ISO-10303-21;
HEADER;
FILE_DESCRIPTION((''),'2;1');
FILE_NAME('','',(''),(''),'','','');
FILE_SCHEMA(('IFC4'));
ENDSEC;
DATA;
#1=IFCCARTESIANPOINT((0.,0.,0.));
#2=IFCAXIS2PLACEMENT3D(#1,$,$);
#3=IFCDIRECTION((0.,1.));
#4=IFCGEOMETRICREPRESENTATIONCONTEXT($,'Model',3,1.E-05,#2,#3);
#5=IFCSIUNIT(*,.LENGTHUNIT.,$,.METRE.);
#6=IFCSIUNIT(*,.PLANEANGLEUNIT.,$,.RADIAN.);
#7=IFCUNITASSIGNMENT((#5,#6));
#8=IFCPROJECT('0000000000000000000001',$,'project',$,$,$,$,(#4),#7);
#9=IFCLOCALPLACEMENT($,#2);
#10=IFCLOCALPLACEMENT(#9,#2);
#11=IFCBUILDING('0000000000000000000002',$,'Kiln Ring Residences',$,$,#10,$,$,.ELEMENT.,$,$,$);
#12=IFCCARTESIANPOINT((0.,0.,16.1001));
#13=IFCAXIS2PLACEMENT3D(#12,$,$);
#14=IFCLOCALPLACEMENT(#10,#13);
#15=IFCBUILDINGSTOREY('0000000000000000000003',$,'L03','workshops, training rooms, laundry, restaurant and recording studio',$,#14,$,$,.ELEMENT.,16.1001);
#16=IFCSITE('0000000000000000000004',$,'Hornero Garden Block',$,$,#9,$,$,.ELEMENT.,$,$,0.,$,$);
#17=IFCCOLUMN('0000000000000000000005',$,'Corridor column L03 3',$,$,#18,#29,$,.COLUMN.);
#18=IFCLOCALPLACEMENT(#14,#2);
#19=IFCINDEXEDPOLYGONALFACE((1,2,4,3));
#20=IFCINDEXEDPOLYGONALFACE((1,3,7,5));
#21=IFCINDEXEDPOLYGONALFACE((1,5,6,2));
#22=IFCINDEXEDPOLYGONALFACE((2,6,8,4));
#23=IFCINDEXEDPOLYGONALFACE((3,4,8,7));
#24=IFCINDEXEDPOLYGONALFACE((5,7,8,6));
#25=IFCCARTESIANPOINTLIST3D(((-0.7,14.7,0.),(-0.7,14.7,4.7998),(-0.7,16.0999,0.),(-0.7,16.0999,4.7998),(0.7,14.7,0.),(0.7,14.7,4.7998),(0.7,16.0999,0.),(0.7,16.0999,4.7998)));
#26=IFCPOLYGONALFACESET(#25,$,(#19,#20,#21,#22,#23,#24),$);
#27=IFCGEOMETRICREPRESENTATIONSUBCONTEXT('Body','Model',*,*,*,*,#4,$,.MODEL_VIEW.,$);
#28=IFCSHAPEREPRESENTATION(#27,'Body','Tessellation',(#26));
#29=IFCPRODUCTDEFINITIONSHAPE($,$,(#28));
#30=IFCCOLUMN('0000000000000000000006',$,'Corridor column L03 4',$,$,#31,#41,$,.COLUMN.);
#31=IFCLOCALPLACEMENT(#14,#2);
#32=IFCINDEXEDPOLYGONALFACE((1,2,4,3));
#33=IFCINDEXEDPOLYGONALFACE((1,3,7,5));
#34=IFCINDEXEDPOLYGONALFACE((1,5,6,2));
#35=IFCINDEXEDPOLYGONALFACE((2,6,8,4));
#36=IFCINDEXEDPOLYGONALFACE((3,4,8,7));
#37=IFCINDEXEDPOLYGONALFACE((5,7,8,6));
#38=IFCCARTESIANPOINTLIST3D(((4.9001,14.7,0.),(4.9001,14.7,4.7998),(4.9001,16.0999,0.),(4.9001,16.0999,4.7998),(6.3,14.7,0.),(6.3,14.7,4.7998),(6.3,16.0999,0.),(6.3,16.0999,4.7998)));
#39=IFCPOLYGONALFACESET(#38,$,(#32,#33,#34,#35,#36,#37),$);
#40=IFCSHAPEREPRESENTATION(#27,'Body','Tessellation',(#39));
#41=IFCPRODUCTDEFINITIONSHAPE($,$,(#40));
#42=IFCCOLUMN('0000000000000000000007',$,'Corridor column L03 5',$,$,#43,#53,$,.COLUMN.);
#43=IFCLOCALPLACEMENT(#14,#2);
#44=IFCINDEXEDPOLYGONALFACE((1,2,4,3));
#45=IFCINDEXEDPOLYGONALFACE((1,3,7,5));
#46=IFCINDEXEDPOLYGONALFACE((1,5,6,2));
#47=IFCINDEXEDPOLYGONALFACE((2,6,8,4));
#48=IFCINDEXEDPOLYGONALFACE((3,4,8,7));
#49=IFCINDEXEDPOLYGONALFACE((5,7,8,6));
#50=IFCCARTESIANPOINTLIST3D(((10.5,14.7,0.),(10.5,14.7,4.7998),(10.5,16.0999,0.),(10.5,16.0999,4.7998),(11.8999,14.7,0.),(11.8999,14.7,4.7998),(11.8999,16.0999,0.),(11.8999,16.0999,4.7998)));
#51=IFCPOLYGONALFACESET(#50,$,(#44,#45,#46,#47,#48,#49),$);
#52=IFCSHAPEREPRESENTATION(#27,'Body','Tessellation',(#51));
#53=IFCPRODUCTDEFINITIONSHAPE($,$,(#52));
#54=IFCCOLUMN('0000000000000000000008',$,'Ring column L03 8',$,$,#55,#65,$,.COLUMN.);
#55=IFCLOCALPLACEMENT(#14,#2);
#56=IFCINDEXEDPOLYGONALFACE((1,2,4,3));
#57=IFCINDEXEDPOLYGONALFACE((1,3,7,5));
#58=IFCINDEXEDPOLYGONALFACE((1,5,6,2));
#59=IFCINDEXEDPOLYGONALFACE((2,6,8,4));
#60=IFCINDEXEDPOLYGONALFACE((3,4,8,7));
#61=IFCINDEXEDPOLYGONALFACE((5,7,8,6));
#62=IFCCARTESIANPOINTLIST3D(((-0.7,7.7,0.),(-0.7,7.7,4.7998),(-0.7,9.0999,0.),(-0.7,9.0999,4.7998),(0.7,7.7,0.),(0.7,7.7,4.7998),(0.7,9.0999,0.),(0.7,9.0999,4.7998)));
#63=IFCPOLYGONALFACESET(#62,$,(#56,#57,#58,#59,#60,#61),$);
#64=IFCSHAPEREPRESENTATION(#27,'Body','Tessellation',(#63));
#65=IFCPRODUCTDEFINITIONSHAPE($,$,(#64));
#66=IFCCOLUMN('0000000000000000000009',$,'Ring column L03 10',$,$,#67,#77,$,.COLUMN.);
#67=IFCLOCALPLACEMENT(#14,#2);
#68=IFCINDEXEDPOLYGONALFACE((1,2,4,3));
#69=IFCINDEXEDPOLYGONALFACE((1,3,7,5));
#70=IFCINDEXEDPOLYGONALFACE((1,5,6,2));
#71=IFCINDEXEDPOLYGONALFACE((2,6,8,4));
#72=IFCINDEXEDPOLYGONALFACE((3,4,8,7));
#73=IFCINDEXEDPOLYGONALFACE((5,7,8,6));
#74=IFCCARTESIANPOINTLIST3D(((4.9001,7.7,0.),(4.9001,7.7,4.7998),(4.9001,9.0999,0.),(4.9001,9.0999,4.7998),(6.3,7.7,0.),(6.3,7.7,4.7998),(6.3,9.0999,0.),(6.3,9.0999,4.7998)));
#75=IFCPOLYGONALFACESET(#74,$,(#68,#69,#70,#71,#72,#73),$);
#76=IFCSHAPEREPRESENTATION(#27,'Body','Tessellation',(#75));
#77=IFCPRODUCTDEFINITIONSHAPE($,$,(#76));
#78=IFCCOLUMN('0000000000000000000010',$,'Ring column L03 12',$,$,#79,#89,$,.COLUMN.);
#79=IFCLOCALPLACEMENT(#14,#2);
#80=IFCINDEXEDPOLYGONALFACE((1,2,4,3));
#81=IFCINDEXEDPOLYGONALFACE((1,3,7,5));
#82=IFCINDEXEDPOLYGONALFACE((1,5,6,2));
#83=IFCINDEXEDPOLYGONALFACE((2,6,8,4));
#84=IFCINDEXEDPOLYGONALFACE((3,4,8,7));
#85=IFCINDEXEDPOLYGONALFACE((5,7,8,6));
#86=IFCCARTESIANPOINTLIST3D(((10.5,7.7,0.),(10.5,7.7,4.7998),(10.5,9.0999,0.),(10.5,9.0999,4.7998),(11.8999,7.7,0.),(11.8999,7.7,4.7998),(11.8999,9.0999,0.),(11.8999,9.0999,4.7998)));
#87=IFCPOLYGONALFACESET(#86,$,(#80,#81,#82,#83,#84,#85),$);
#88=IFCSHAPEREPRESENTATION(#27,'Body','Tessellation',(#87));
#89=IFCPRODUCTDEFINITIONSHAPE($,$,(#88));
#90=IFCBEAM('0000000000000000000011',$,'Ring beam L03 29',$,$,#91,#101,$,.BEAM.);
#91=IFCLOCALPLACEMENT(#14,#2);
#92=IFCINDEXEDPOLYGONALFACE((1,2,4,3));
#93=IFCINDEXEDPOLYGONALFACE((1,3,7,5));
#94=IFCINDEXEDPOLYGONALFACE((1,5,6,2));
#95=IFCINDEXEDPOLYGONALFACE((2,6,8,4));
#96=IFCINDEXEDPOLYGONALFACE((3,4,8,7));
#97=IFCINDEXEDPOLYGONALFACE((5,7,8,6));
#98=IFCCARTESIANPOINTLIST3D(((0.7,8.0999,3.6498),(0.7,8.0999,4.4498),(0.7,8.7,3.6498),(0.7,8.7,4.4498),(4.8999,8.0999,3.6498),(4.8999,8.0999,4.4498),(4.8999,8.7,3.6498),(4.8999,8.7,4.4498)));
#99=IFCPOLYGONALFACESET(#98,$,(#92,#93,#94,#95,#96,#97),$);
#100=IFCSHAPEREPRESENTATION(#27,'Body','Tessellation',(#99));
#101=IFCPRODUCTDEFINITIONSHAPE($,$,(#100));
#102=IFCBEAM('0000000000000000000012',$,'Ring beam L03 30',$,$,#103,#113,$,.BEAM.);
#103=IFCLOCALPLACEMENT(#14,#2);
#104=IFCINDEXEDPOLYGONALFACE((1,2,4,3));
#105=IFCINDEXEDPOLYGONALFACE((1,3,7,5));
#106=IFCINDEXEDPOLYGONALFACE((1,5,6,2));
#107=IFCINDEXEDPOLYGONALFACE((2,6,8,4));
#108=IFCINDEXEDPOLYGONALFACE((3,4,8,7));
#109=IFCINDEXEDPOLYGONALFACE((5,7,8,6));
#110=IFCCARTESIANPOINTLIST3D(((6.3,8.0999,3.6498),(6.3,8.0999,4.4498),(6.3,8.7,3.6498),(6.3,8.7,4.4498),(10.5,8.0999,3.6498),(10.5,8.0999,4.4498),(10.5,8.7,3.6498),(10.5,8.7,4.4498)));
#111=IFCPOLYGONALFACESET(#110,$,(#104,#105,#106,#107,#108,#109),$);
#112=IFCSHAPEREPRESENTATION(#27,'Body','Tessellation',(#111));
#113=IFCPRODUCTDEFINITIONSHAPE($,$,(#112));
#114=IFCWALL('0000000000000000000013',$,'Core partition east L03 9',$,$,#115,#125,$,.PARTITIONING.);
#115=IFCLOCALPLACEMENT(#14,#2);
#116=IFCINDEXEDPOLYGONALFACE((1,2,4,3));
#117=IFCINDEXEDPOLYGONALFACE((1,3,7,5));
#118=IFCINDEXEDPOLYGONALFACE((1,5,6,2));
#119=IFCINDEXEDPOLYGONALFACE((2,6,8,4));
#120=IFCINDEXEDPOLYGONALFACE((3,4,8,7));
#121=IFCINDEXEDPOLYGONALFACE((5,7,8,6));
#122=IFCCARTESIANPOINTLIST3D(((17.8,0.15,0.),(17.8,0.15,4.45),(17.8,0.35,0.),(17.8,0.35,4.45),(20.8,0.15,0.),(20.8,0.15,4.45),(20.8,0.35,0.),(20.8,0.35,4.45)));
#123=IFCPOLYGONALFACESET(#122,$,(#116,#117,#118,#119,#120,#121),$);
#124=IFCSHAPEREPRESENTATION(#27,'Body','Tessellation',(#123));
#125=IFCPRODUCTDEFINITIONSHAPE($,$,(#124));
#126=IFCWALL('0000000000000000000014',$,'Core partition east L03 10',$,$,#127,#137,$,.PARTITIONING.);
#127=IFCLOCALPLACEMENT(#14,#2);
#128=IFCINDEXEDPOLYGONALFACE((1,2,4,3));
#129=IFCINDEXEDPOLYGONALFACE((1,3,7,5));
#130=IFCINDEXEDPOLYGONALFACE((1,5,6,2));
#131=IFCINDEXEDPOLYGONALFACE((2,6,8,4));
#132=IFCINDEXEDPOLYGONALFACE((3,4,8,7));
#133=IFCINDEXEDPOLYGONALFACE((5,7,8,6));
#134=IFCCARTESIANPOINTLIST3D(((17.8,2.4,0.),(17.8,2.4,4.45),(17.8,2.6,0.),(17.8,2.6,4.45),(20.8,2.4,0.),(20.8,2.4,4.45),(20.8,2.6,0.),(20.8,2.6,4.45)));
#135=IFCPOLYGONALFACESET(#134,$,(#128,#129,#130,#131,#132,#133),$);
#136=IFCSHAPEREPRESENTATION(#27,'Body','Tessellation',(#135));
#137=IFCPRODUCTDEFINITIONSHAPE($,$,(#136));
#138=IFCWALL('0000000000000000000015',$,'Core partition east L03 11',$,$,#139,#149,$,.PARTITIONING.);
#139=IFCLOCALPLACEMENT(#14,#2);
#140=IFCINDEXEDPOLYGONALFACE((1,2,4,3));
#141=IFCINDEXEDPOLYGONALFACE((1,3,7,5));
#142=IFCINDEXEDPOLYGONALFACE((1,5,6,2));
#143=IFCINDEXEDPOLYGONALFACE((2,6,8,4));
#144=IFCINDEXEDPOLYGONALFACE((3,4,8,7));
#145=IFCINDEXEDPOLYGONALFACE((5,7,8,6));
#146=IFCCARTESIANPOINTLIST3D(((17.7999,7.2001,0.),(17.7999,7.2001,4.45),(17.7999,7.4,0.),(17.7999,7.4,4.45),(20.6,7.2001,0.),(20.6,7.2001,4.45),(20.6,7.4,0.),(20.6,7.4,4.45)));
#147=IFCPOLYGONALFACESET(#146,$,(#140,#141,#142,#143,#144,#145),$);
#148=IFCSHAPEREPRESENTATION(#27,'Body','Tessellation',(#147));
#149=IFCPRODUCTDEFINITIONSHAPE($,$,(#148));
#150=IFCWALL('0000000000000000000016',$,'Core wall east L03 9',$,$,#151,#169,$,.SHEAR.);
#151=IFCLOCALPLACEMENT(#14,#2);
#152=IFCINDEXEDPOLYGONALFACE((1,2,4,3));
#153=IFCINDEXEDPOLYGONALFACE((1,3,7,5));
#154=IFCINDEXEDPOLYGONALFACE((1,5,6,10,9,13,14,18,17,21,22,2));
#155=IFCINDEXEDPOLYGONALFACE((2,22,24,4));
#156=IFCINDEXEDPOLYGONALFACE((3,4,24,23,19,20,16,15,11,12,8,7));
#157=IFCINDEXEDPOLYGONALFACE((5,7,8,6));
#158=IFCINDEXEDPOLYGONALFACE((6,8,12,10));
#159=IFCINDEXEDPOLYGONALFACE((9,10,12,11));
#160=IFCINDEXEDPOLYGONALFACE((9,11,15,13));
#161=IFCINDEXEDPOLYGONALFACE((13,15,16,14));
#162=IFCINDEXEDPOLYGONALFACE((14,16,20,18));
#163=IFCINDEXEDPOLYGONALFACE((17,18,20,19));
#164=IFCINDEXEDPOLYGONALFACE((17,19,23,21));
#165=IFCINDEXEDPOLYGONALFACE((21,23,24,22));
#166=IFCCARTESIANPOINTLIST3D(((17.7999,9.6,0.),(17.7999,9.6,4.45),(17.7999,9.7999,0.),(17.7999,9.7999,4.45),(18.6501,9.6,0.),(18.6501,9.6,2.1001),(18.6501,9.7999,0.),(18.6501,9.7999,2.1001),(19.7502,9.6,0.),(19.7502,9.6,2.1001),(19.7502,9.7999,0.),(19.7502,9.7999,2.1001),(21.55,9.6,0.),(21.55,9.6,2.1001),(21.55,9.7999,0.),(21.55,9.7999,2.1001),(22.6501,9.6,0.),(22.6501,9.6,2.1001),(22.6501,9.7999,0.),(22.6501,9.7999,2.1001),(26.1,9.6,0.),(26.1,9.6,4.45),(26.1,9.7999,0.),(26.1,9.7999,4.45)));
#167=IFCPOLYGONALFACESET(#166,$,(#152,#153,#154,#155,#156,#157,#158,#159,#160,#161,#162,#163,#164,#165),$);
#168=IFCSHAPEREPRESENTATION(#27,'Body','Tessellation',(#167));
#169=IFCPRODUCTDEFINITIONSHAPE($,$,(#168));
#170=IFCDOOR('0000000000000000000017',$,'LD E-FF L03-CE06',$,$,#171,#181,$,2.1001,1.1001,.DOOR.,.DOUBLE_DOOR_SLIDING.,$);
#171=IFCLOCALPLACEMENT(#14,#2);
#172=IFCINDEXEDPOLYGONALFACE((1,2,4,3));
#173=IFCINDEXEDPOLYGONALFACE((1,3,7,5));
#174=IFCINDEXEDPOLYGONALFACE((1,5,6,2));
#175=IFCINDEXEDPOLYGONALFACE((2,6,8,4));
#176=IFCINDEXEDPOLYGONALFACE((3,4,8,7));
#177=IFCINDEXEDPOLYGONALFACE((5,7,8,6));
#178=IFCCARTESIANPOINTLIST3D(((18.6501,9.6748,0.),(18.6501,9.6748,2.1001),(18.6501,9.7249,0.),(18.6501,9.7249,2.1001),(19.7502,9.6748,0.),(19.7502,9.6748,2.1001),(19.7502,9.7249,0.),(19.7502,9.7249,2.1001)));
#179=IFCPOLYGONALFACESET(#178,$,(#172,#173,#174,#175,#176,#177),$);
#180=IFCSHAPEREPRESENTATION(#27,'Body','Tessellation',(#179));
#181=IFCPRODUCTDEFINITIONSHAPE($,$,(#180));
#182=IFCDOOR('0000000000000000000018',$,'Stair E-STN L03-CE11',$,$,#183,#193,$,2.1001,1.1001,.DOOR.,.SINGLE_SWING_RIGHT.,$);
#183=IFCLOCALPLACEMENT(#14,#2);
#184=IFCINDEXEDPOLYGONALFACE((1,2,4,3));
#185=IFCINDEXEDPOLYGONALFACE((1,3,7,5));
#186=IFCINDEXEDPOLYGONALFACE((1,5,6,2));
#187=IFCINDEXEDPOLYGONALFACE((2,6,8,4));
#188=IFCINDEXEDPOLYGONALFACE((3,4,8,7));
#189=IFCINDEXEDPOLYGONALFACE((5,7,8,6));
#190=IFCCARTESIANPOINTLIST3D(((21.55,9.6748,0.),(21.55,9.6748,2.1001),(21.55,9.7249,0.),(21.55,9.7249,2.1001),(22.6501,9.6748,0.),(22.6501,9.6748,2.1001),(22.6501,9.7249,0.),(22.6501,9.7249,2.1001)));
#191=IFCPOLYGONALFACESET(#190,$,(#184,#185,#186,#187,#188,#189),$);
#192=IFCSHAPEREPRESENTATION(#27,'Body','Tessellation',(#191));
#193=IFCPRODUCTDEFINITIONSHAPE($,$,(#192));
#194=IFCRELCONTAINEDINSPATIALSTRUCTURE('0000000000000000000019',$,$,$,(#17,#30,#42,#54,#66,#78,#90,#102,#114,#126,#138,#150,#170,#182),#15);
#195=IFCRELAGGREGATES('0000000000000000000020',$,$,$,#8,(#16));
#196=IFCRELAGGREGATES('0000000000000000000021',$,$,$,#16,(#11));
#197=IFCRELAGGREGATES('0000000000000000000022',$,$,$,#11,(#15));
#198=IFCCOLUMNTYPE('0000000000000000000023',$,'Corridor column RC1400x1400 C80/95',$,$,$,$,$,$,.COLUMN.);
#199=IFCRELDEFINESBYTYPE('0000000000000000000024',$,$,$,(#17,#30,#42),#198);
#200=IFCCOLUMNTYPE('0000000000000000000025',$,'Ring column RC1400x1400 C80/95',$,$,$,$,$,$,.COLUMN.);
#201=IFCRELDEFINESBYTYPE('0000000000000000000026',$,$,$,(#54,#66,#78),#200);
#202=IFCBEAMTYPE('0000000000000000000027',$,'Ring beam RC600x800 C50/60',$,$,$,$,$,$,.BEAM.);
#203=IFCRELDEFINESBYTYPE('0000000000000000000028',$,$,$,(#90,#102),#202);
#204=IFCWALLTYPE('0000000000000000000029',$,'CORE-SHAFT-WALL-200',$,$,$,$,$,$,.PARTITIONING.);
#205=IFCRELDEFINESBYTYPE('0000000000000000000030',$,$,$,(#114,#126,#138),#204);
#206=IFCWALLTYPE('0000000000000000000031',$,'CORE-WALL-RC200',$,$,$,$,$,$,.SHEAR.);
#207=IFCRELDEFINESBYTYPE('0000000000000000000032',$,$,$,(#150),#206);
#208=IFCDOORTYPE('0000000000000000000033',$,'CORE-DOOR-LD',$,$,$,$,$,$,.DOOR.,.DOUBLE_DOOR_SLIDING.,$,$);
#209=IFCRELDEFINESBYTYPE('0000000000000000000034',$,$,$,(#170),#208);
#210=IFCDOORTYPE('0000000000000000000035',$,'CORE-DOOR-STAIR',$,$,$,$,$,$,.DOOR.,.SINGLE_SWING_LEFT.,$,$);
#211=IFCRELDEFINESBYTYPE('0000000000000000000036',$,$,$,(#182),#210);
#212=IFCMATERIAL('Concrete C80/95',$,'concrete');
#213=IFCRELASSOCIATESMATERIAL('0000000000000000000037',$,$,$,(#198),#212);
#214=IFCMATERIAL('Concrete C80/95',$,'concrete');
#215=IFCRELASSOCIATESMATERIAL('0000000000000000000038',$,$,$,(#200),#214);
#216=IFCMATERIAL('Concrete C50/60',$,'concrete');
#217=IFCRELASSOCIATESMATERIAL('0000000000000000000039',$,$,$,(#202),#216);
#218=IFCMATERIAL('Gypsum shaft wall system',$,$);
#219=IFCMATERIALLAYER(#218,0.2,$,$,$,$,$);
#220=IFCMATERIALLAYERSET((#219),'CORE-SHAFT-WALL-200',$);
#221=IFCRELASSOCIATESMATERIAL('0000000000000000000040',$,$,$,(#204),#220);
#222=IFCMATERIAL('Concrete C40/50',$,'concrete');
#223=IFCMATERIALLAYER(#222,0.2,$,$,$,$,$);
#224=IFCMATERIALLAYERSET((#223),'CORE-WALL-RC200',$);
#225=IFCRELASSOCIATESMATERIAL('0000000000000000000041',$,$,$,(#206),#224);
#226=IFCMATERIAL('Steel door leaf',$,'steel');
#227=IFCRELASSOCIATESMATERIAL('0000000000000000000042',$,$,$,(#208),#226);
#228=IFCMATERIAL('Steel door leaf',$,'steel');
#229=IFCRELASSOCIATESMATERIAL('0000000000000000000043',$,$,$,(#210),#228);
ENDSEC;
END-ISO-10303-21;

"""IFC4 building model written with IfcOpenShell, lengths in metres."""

from ifc_helpers import new_model, si_unit, direction, frame, frame_2d, origin, origin_2d, place, context, subcontext, project, spatial, rectangle, extrude, material, layer, layer_set, material_profile, profile_set, type_object, element, fill, save


model = new_model("IFC4")

# Units and contexts
model_context = context("Model", 3, precision=1e-05, world=origin(), true_north=direction((0.0, 1.0)))
body_context = subcontext(model_context, "Body", "Model", "MODEL_VIEW")
ifc_project = project(units=[si_unit("LENGTHUNIT", "METRE"), si_unit("PLANEANGLEUNIT", "RADIAN")], contexts=[model_context])

# Site, building, storey
site_placement = place(None, origin())
site = spatial("IfcSite", under=ifc_project, at=site_placement, Name="Hornero Garden Block", CompositionType="ELEMENT", RefElevation=0.0)
building_placement = place(site_placement, origin())
building = spatial("IfcBuilding", under=site, at=building_placement, Name="Kiln Ring Residences", CompositionType="ELEMENT")
storey_placement = place(building_placement, frame((0.0, 0.0, 16.1001)))
storey = spatial("IfcBuildingStorey", under=building, at=storey_placement, Name="L03", Description="workshops, training rooms, laundry, restaurant and recording studio", CompositionType="ELEMENT", Elevation=16.1001)

# Columns
ifc_material_1 = material(Name="Concrete C80/95", Category="concrete")
ifc_material_profile_1 = material_profile(ifc_material_1, rectangle(XDim=1.3999, YDim=1.3999, at=origin_2d()), Name="RC1400x1400")
ifc_profile_set_1 = profile_set([ifc_material_profile_1], Name="Concrete C80/95")
column_type_1 = type_object("IfcColumnType", Name="Corridor column RC1400x1400 C80/95", PredefinedType="COLUMN", material=ifc_profile_set_1)
for number, where, z_axis, x_axis, name in (
    (1, (0.0, 15.3999, 0.0), (0.0, 0.0, 1.0), (1.0, 0.0, 0.0), "Corridor column L03 3"),
    (2, (5.6001, 15.3999, 0.0), (0.0, 0.0, 1.0), (1.0, 0.0, 0.0), "Corridor column L03 4"),
    (3, (11.2, 15.3999, 0.0), (0.0, 0.0, 1.0), (1.0, 0.0, 0.0), "Corridor column L03 5"),
):
    element("IfcColumn", number, at=place(storey_placement, frame(where, z_axis=z_axis, x_axis=x_axis)), inside=storey, type_object=column_type_1, Name=name, PredefinedType="COLUMN", context=body_context, shape_type="SweptSolid", body=[
        extrude(rectangle(XDim=1.3999, YDim=1.3999, at=origin_2d()), origin(), (0.0, 0.0, 1.0), 4.7998),
    ])
ifc_material_2 = material(Name="Concrete C80/95", Category="concrete")
ifc_material_profile_2 = material_profile(ifc_material_2, rectangle(XDim=1.3999, YDim=1.3999, at=origin_2d()), Name="RC1400x1400")
ifc_profile_set_2 = profile_set([ifc_material_profile_2], Name="Concrete C80/95")
column_type_2 = type_object("IfcColumnType", Name="Ring column RC1400x1400 C80/95", PredefinedType="COLUMN", material=ifc_profile_set_2)
for number, where, z_axis, x_axis, name in (
    (4, (0.0, 8.3999, 0.0), (0.0, 0.0, 1.0), (1.0, 0.0, 0.0), "Ring column L03 8"),
    (5, (5.6001, 8.3999, 0.0), (0.0, 0.0, 1.0), (1.0, 0.0, 0.0), "Ring column L03 10"),
    (6, (11.2, 8.3999, 0.0), (0.0, 0.0, 1.0), (1.0, 0.0, 0.0), "Ring column L03 12"),
):
    element("IfcColumn", number, at=place(storey_placement, frame(where, z_axis=z_axis, x_axis=x_axis)), inside=storey, type_object=column_type_2, Name=name, PredefinedType="COLUMN", context=body_context, shape_type="SweptSolid", body=[
        extrude(rectangle(XDim=1.3999, YDim=1.3999, at=origin_2d()), origin(), (0.0, 0.0, 1.0), 4.7998),
    ])

# Beams
ifc_material_3 = material(Name="Concrete C50/60", Category="concrete")
ifc_material_profile_3 = material_profile(ifc_material_3, rectangle(XDim=0.6001, YDim=0.8, at=origin_2d()), Name="RC600x800")
ifc_profile_set_3 = profile_set([ifc_material_profile_3], Name="Concrete C50/60")
beam_type = type_object("IfcBeamType", Name="Ring beam RC600x800 C50/60", PredefinedType="BEAM", material=ifc_profile_set_3)
for number, where, z_axis, x_axis, name in (
    (7, (0.7, 8.3999, 4.0498), (1.0, 0.0, 0.0), (0.0, 1.0, 0.0), "Ring beam L03 29"),
    (8, (6.3, 8.3999, 4.0498), (1.0, 0.0, 0.0), (0.0, 1.0, 0.0), "Ring beam L03 30"),
):
    element("IfcBeam", number, at=place(storey_placement, frame(where, z_axis=z_axis, x_axis=x_axis)), inside=storey, type_object=beam_type, Name=name, PredefinedType="BEAM", context=body_context, shape_type="SweptSolid", body=[
        extrude(rectangle(XDim=0.6001, YDim=0.8, at=origin_2d()), origin(), (0.0, 0.0, 1.0), 4.2),
    ])

# Walls
ifc_material_4 = material(Name="Gypsum shaft wall system")
ifc_layer_1 = layer(ifc_material_4, 0.2)
ifc_layer_set_1 = layer_set([ifc_layer_1], Name="CORE-SHAFT-WALL-200")
wall_type_1 = type_object("IfcWallType", Name="CORE-SHAFT-WALL-200", PredefinedType="PARTITIONING", material=ifc_layer_set_1)
for number, where, z_axis, x_axis, name in (
    (9, (17.8, 0.25, 0.0), (0.0, 0.0, 1.0), (1.0, 0.0, 0.0), "Core partition east L03 9"),
    (10, (17.8, 2.5, 0.0), (0.0, 0.0, 1.0), (1.0, 0.0, 0.0), "Core partition east L03 10"),
):
    element("IfcWall", number, at=place(storey_placement, frame(where, z_axis=z_axis, x_axis=x_axis)), inside=storey, type_object=wall_type_1, Name=name, PredefinedType="PARTITIONING", context=body_context, shape_type="SweptSolid", body=[
        extrude(rectangle(XDim=3.0, YDim=0.2, at=frame_2d((1.5, 0.0))), origin(), (0.0, 0.0, 1.0), 4.45),
    ])
wall_1_placement = place(storey_placement, frame((17.8, 7.3, 0.0), z_axis=(0.0, 0.0, 1.0), x_axis=(1.0, 0.0, 0.0)))
element("IfcWall", 11, at=wall_1_placement, inside=storey, type_object=wall_type_1, Name="Core partition east L03 11", PredefinedType="PARTITIONING", context=body_context, shape_type="SweptSolid", body=[
    extrude(rectangle(XDim=2.8, YDim=0.2, at=frame_2d((1.3999, 0.0))), origin(), (0.0, 0.0, 1.0), 4.45),
])

# Wall, openings, doors
ifc_material_5 = material(Name="Concrete C40/50", Category="concrete")
ifc_layer_2 = layer(ifc_material_5, 0.2)
ifc_layer_set_2 = layer_set([ifc_layer_2], Name="CORE-WALL-RC200")
wall_type_2 = type_object("IfcWallType", Name="CORE-WALL-RC200", PredefinedType="SHEAR", material=ifc_layer_set_2)
wall_2_placement = place(storey_placement, frame((17.8, 9.7, 0.0), z_axis=(0.0, 0.0, 1.0), x_axis=(1.0, 0.0, 0.0)))
wall_2 = element("IfcWall", 12, at=wall_2_placement, inside=storey, type_object=wall_type_2, Name="Core wall east L03 9", PredefinedType="SHEAR", context=body_context, shape_type="SweptSolid", body=[
    extrude(rectangle(XDim=8.3, YDim=0.2, at=frame_2d((4.1499, 0.0))), origin(), (0.0, 0.0, 1.0), 4.45),
])
opening_1_placement = place(wall_2_placement, frame((0.8501, 0.0, 0.0)))
opening_1 = element("IfcOpeningElement", 13, at=opening_1_placement, cuts=wall_2, PredefinedType="OPENING", context=body_context, shape_type="SweptSolid", body=[
    extrude(rectangle(XDim=1.1001, YDim=2.1001, at=frame_2d((0.55, 1.05))), frame((0.0, 0.1099, 0.0), z_axis=(0.0, -1.0, 0.0), x_axis=(1.0, 0.0, 0.0)), (0.0, 0.0, 1.0), 0.22),
])
opening_2_placement = place(wall_2_placement, frame((3.75, 0.0, 0.0)))
opening_2 = element("IfcOpeningElement", 14, at=opening_2_placement, cuts=wall_2, PredefinedType="OPENING", context=body_context, shape_type="SweptSolid", body=[
    extrude(rectangle(XDim=1.1001, YDim=2.1001, at=frame_2d((0.55, 1.05))), frame((0.0, 0.1099, 0.0), z_axis=(0.0, -1.0, 0.0), x_axis=(1.0, 0.0, 0.0)), (0.0, 0.0, 1.0), 0.22),
])
ifc_material_6 = material(Name="Steel door leaf", Category="steel")
door_type_1 = type_object("IfcDoorType", Name="CORE-DOOR-LD", OperationType="DOUBLE_DOOR_SLIDING", PredefinedType="DOOR", material=ifc_material_6)
door_1_placement = place(opening_1_placement, origin())
door_1 = element("IfcDoor", 15, at=door_1_placement, inside=storey, type_object=door_type_1, Name="LD E-FF L03-CE06", OperationType="DOUBLE_DOOR_SLIDING", OverallHeight=2.1001, OverallWidth=1.1001, PredefinedType="DOOR", context=body_context, shape_type="SweptSolid", body=[
    extrude(rectangle(XDim=1.1001, YDim=2.1001, at=frame_2d((0.55, 1.05))), frame((0.0, 0.0249, 0.0), z_axis=(0.0, -1.0, 0.0), x_axis=(1.0, 0.0, 0.0)), (0.0, 0.0, 1.0), 0.05),
])
fill(opening_1, door_1)
ifc_material_7 = material(Name="Steel door leaf", Category="steel")
door_type_2 = type_object("IfcDoorType", Name="CORE-DOOR-STAIR", OperationType="SINGLE_SWING_LEFT", PredefinedType="DOOR", material=ifc_material_7)
door_2_placement = place(opening_2_placement, origin())
door_2 = element("IfcDoor", 16, at=door_2_placement, inside=storey, type_object=door_type_2, Name="Stair E-STN L03-CE11", OperationType="SINGLE_SWING_RIGHT", OverallHeight=2.1001, OverallWidth=1.1001, PredefinedType="DOOR", context=body_context, shape_type="SweptSolid", body=[
    extrude(rectangle(XDim=1.1001, YDim=2.1001, at=frame_2d((0.55, 1.05))), frame((0.0, 0.0249, 0.0), z_axis=(0.0, -1.0, 0.0), x_axis=(1.0, 0.0, 0.0)), (0.0, 0.0, 1.0), 0.05),
])
fill(opening_2, door_2)

save(model, "model.ifc")
